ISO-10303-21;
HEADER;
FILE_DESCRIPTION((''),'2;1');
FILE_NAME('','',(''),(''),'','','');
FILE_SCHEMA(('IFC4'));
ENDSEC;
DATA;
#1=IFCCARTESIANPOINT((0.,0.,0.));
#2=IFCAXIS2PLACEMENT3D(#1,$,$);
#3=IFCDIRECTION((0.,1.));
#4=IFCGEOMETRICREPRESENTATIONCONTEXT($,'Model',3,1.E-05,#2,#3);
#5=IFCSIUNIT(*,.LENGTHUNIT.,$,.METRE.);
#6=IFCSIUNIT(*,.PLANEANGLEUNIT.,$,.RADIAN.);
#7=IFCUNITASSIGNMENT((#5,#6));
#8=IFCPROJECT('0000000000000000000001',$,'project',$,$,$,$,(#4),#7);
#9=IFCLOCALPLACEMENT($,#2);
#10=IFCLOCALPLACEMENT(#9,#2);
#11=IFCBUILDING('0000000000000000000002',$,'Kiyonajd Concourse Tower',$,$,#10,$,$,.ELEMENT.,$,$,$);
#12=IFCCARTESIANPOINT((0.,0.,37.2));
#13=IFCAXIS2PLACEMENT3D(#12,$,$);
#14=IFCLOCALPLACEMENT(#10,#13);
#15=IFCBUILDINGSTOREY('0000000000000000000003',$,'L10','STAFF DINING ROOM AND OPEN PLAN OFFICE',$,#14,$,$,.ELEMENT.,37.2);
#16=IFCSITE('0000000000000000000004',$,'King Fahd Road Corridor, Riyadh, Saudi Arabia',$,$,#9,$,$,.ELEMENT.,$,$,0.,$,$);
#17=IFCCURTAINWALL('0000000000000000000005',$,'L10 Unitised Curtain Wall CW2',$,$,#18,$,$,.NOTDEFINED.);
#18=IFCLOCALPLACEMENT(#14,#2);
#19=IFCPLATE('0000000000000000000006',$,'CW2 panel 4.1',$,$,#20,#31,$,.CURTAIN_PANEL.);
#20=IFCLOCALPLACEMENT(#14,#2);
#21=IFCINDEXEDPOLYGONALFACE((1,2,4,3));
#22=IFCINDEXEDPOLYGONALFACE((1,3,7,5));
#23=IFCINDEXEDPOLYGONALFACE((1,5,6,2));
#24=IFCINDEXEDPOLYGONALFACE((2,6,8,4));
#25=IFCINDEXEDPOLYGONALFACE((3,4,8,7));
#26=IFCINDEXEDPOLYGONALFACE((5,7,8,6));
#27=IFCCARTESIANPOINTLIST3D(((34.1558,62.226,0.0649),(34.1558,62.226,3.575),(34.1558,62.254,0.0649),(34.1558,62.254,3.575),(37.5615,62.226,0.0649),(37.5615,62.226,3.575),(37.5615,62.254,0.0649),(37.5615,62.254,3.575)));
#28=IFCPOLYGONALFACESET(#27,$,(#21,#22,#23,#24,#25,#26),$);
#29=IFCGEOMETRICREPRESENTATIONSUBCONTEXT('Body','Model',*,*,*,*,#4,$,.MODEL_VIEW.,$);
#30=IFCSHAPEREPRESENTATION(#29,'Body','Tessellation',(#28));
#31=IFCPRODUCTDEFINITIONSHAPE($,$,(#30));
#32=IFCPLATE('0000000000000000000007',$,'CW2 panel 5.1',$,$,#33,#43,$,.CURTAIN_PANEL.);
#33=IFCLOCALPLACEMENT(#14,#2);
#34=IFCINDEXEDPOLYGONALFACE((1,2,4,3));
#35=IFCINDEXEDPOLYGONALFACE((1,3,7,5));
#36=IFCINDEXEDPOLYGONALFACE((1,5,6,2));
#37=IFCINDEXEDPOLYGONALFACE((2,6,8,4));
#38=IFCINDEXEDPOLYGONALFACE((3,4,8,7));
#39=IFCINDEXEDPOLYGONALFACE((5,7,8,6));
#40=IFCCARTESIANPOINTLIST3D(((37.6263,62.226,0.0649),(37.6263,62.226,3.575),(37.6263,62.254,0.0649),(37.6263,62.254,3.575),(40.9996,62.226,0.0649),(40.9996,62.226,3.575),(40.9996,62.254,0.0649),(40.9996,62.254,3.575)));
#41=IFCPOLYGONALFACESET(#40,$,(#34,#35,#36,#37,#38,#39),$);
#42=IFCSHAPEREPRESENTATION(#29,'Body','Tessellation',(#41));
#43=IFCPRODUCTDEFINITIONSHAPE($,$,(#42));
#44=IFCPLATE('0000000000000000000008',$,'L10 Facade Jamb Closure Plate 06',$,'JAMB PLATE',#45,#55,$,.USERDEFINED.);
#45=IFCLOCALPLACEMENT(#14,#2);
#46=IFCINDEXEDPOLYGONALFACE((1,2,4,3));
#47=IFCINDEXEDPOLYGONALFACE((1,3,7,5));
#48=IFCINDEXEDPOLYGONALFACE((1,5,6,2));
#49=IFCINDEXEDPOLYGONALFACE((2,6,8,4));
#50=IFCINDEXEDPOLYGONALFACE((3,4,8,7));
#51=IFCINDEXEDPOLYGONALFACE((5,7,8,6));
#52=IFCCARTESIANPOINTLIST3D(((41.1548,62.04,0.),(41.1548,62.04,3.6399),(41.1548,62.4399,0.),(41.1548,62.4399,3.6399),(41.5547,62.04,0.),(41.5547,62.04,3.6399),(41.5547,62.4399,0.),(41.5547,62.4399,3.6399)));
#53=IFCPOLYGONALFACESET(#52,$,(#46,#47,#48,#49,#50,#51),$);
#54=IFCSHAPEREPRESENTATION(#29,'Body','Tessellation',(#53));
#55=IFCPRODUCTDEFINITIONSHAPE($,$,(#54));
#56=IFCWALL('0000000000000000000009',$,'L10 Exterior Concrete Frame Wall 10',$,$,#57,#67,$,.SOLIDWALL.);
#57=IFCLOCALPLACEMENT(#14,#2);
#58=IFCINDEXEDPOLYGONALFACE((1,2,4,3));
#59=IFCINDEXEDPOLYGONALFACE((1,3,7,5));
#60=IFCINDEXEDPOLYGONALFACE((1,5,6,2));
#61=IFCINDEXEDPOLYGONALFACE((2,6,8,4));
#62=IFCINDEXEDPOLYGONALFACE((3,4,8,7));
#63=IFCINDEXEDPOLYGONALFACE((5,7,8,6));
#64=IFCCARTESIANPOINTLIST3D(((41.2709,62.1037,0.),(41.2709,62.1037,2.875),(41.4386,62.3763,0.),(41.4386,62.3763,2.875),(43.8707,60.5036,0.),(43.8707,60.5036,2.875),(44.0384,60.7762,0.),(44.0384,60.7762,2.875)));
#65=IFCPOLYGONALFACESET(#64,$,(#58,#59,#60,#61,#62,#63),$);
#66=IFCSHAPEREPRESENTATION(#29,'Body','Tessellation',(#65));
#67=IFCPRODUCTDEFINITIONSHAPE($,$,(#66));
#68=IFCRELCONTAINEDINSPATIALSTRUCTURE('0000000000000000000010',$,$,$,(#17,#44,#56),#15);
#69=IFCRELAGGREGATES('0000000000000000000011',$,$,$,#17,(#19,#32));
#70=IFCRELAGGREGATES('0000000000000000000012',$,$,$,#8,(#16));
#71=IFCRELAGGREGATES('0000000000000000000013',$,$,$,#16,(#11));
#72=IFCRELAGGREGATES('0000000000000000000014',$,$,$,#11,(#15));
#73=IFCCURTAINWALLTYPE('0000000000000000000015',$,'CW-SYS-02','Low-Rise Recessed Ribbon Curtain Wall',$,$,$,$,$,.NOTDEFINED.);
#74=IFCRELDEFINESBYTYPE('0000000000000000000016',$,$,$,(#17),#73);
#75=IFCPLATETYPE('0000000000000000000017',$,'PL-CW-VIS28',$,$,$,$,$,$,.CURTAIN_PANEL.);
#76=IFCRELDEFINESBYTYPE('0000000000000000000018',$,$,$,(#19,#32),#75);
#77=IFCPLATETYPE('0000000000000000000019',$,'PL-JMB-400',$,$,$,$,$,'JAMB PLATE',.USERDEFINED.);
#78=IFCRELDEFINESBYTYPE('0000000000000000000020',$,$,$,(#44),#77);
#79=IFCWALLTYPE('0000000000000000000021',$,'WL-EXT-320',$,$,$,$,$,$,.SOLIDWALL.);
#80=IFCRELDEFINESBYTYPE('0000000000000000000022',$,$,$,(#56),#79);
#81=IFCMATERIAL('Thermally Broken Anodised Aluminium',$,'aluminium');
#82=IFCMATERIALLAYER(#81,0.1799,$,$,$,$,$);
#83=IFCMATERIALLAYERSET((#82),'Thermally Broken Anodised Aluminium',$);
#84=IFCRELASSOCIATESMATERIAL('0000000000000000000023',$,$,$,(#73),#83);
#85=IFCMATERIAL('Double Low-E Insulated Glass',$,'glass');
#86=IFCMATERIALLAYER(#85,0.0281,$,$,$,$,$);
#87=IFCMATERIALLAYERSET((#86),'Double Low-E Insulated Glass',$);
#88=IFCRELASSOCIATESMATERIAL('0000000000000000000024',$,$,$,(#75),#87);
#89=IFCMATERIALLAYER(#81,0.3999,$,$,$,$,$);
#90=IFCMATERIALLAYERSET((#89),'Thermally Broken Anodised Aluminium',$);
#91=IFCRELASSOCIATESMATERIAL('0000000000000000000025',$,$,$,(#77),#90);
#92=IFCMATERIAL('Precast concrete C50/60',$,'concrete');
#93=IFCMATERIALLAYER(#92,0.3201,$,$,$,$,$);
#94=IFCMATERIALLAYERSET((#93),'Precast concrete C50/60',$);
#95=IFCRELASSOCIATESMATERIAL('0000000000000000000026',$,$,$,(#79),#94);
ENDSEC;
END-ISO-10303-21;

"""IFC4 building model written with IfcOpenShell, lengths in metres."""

from ifc_helpers import new_model, si_unit, direction, frame, frame_2d, origin, origin_2d, place, context, subcontext, project, spatial, rectangle, extrude, material, layer, layer_set, type_object, element, aggregate, save


model = new_model("IFC4")

# Units and contexts
model_context = context("Model", 3, precision=1e-05, world=origin(), true_north=direction((0.0, 1.0)))
body_context = subcontext(model_context, "Body", "Model", "MODEL_VIEW")
ifc_project = project(units=[si_unit("LENGTHUNIT", "METRE"), si_unit("PLANEANGLEUNIT", "RADIAN")], contexts=[model_context])

# Site, building, storey
site_placement = place(None, origin())
site = spatial("IfcSite", under=ifc_project, at=site_placement, Name="King Fahd Road Corridor, Riyadh, Saudi Arabia", CompositionType="ELEMENT", RefElevation=0.0)
building_placement = place(site_placement, origin())
building = spatial("IfcBuilding", under=site, at=building_placement, Name="Kiyonajd Concourse Tower", CompositionType="ELEMENT")
storey_placement = place(building_placement, frame((0.0, 0.0, 37.2)))
storey = spatial("IfcBuildingStorey", under=building, at=storey_placement, Name="L10", Description="STAFF DINING ROOM AND OPEN PLAN OFFICE", CompositionType="ELEMENT", Elevation=37.2)

# Shared definitions
ifc_material_1 = material(Name="Precast concrete C50/60", Category="concrete")

# Curtain wall, plates
ifc_material_2 = material(Name="Thermally Broken Anodised Aluminium", Category="aluminium")
ifc_layer_1 = layer(ifc_material_2, 0.1799)
ifc_layer_set_1 = layer_set([ifc_layer_1], Name="Thermally Broken Anodised Aluminium")
curtain_wall_type = type_object("IfcCurtainWallType", Name="CW-SYS-02", Description="Low-Rise Recessed Ribbon Curtain Wall", PredefinedType="NOTDEFINED", material=ifc_layer_set_1)
curtain_wall_placement = place(storey_placement, origin())
curtain_wall = element("IfcCurtainWall", 1, at=curtain_wall_placement, inside=storey, type_object=curtain_wall_type, Name="L10 Unitised Curtain Wall CW2", PredefinedType="NOTDEFINED")
ifc_material_3 = material(Name="Double Low-E Insulated Glass", Category="glass")
ifc_layer_2 = layer(ifc_material_3, 0.0281)
ifc_layer_set_2 = layer_set([ifc_layer_2], Name="Double Low-E Insulated Glass")
plate_type_1 = type_object("IfcPlateType", Name="PL-CW-VIS28", PredefinedType="CURTAIN_PANEL", material=ifc_layer_set_2)
plate_1_placement = place(storey_placement, frame((35.8586, 62.24, 0.0649), z_axis=(0.0, 0.0, 1.0), x_axis=(1.0, 0.0, 0.0)))
plate_1 = element("IfcPlate", 2, at=plate_1_placement, type_object=plate_type_1, Name="CW2 panel 4.1", PredefinedType="CURTAIN_PANEL", context=body_context, shape_type="SweptSolid", body=[
    extrude(rectangle(XDim=3.4058, YDim=0.0281, at=origin_2d()), origin(), (0.0, 0.0, 1.0), 3.51),
])
plate_2_placement = place(storey_placement, frame((39.313, 62.24, 0.0649), z_axis=(0.0, 0.0, 1.0), x_axis=(1.0, 0.0, 0.0)))
plate_2 = element("IfcPlate", 3, at=plate_2_placement, type_object=plate_type_1, Name="CW2 panel 5.1", PredefinedType="CURTAIN_PANEL", context=body_context, shape_type="SweptSolid", body=[
    extrude(rectangle(XDim=3.3733, YDim=0.0281, at=origin_2d()), origin(), (0.0, 0.0, 1.0), 3.51),
])
aggregate(curtain_wall, [plate_1, plate_2])

# Plate
ifc_layer_3 = layer(ifc_material_2, 0.3999)
ifc_layer_set_3 = layer_set([ifc_layer_3], Name="Thermally Broken Anodised Aluminium")
plate_type_2 = type_object("IfcPlateType", Name="PL-JMB-400", ElementType="JAMB PLATE", PredefinedType="USERDEFINED", material=ifc_layer_set_3)
plate_3_placement = place(storey_placement, frame((41.3547, 62.24, 0.0), z_axis=(0.0, 0.0, 1.0), x_axis=(1.0, 0.0, 0.0)))
element("IfcPlate", 4, at=plate_3_placement, inside=storey, type_object=plate_type_2, Name="L10 Facade Jamb Closure Plate 06", ObjectType="JAMB PLATE", PredefinedType="USERDEFINED", context=body_context, shape_type="SweptSolid", body=[
    extrude(rectangle(XDim=0.3999, YDim=0.3999, at=origin_2d()), origin(), (0.0, 0.0, 1.0), 3.6399),
])

# Wall
ifc_layer_4 = layer(ifc_material_1, 0.3201)
ifc_layer_set_4 = layer_set([ifc_layer_4], Name="Precast concrete C50/60")
wall_type = type_object("IfcWallType", Name="WL-EXT-320", PredefinedType="SOLIDWALL", material=ifc_layer_set_4)
wall_placement = place(storey_placement, frame((41.3547, 62.24, 0.0), z_axis=(0.0, 0.0, 1.0), x_axis=(0.851631, -0.524142, 0.0)))
element("IfcWall", 5, at=wall_placement, inside=storey, type_object=wall_type, Name="L10 Exterior Concrete Frame Wall 10", PredefinedType="SOLIDWALL", context=body_context, shape_type="SweptSolid", body=[
    extrude(rectangle(XDim=3.0527, YDim=0.3201, at=frame_2d((1.5264, 0.0))), origin(), (0.0, 0.0, 1.0), 2.875),
])

save(model, "model.ifc")
